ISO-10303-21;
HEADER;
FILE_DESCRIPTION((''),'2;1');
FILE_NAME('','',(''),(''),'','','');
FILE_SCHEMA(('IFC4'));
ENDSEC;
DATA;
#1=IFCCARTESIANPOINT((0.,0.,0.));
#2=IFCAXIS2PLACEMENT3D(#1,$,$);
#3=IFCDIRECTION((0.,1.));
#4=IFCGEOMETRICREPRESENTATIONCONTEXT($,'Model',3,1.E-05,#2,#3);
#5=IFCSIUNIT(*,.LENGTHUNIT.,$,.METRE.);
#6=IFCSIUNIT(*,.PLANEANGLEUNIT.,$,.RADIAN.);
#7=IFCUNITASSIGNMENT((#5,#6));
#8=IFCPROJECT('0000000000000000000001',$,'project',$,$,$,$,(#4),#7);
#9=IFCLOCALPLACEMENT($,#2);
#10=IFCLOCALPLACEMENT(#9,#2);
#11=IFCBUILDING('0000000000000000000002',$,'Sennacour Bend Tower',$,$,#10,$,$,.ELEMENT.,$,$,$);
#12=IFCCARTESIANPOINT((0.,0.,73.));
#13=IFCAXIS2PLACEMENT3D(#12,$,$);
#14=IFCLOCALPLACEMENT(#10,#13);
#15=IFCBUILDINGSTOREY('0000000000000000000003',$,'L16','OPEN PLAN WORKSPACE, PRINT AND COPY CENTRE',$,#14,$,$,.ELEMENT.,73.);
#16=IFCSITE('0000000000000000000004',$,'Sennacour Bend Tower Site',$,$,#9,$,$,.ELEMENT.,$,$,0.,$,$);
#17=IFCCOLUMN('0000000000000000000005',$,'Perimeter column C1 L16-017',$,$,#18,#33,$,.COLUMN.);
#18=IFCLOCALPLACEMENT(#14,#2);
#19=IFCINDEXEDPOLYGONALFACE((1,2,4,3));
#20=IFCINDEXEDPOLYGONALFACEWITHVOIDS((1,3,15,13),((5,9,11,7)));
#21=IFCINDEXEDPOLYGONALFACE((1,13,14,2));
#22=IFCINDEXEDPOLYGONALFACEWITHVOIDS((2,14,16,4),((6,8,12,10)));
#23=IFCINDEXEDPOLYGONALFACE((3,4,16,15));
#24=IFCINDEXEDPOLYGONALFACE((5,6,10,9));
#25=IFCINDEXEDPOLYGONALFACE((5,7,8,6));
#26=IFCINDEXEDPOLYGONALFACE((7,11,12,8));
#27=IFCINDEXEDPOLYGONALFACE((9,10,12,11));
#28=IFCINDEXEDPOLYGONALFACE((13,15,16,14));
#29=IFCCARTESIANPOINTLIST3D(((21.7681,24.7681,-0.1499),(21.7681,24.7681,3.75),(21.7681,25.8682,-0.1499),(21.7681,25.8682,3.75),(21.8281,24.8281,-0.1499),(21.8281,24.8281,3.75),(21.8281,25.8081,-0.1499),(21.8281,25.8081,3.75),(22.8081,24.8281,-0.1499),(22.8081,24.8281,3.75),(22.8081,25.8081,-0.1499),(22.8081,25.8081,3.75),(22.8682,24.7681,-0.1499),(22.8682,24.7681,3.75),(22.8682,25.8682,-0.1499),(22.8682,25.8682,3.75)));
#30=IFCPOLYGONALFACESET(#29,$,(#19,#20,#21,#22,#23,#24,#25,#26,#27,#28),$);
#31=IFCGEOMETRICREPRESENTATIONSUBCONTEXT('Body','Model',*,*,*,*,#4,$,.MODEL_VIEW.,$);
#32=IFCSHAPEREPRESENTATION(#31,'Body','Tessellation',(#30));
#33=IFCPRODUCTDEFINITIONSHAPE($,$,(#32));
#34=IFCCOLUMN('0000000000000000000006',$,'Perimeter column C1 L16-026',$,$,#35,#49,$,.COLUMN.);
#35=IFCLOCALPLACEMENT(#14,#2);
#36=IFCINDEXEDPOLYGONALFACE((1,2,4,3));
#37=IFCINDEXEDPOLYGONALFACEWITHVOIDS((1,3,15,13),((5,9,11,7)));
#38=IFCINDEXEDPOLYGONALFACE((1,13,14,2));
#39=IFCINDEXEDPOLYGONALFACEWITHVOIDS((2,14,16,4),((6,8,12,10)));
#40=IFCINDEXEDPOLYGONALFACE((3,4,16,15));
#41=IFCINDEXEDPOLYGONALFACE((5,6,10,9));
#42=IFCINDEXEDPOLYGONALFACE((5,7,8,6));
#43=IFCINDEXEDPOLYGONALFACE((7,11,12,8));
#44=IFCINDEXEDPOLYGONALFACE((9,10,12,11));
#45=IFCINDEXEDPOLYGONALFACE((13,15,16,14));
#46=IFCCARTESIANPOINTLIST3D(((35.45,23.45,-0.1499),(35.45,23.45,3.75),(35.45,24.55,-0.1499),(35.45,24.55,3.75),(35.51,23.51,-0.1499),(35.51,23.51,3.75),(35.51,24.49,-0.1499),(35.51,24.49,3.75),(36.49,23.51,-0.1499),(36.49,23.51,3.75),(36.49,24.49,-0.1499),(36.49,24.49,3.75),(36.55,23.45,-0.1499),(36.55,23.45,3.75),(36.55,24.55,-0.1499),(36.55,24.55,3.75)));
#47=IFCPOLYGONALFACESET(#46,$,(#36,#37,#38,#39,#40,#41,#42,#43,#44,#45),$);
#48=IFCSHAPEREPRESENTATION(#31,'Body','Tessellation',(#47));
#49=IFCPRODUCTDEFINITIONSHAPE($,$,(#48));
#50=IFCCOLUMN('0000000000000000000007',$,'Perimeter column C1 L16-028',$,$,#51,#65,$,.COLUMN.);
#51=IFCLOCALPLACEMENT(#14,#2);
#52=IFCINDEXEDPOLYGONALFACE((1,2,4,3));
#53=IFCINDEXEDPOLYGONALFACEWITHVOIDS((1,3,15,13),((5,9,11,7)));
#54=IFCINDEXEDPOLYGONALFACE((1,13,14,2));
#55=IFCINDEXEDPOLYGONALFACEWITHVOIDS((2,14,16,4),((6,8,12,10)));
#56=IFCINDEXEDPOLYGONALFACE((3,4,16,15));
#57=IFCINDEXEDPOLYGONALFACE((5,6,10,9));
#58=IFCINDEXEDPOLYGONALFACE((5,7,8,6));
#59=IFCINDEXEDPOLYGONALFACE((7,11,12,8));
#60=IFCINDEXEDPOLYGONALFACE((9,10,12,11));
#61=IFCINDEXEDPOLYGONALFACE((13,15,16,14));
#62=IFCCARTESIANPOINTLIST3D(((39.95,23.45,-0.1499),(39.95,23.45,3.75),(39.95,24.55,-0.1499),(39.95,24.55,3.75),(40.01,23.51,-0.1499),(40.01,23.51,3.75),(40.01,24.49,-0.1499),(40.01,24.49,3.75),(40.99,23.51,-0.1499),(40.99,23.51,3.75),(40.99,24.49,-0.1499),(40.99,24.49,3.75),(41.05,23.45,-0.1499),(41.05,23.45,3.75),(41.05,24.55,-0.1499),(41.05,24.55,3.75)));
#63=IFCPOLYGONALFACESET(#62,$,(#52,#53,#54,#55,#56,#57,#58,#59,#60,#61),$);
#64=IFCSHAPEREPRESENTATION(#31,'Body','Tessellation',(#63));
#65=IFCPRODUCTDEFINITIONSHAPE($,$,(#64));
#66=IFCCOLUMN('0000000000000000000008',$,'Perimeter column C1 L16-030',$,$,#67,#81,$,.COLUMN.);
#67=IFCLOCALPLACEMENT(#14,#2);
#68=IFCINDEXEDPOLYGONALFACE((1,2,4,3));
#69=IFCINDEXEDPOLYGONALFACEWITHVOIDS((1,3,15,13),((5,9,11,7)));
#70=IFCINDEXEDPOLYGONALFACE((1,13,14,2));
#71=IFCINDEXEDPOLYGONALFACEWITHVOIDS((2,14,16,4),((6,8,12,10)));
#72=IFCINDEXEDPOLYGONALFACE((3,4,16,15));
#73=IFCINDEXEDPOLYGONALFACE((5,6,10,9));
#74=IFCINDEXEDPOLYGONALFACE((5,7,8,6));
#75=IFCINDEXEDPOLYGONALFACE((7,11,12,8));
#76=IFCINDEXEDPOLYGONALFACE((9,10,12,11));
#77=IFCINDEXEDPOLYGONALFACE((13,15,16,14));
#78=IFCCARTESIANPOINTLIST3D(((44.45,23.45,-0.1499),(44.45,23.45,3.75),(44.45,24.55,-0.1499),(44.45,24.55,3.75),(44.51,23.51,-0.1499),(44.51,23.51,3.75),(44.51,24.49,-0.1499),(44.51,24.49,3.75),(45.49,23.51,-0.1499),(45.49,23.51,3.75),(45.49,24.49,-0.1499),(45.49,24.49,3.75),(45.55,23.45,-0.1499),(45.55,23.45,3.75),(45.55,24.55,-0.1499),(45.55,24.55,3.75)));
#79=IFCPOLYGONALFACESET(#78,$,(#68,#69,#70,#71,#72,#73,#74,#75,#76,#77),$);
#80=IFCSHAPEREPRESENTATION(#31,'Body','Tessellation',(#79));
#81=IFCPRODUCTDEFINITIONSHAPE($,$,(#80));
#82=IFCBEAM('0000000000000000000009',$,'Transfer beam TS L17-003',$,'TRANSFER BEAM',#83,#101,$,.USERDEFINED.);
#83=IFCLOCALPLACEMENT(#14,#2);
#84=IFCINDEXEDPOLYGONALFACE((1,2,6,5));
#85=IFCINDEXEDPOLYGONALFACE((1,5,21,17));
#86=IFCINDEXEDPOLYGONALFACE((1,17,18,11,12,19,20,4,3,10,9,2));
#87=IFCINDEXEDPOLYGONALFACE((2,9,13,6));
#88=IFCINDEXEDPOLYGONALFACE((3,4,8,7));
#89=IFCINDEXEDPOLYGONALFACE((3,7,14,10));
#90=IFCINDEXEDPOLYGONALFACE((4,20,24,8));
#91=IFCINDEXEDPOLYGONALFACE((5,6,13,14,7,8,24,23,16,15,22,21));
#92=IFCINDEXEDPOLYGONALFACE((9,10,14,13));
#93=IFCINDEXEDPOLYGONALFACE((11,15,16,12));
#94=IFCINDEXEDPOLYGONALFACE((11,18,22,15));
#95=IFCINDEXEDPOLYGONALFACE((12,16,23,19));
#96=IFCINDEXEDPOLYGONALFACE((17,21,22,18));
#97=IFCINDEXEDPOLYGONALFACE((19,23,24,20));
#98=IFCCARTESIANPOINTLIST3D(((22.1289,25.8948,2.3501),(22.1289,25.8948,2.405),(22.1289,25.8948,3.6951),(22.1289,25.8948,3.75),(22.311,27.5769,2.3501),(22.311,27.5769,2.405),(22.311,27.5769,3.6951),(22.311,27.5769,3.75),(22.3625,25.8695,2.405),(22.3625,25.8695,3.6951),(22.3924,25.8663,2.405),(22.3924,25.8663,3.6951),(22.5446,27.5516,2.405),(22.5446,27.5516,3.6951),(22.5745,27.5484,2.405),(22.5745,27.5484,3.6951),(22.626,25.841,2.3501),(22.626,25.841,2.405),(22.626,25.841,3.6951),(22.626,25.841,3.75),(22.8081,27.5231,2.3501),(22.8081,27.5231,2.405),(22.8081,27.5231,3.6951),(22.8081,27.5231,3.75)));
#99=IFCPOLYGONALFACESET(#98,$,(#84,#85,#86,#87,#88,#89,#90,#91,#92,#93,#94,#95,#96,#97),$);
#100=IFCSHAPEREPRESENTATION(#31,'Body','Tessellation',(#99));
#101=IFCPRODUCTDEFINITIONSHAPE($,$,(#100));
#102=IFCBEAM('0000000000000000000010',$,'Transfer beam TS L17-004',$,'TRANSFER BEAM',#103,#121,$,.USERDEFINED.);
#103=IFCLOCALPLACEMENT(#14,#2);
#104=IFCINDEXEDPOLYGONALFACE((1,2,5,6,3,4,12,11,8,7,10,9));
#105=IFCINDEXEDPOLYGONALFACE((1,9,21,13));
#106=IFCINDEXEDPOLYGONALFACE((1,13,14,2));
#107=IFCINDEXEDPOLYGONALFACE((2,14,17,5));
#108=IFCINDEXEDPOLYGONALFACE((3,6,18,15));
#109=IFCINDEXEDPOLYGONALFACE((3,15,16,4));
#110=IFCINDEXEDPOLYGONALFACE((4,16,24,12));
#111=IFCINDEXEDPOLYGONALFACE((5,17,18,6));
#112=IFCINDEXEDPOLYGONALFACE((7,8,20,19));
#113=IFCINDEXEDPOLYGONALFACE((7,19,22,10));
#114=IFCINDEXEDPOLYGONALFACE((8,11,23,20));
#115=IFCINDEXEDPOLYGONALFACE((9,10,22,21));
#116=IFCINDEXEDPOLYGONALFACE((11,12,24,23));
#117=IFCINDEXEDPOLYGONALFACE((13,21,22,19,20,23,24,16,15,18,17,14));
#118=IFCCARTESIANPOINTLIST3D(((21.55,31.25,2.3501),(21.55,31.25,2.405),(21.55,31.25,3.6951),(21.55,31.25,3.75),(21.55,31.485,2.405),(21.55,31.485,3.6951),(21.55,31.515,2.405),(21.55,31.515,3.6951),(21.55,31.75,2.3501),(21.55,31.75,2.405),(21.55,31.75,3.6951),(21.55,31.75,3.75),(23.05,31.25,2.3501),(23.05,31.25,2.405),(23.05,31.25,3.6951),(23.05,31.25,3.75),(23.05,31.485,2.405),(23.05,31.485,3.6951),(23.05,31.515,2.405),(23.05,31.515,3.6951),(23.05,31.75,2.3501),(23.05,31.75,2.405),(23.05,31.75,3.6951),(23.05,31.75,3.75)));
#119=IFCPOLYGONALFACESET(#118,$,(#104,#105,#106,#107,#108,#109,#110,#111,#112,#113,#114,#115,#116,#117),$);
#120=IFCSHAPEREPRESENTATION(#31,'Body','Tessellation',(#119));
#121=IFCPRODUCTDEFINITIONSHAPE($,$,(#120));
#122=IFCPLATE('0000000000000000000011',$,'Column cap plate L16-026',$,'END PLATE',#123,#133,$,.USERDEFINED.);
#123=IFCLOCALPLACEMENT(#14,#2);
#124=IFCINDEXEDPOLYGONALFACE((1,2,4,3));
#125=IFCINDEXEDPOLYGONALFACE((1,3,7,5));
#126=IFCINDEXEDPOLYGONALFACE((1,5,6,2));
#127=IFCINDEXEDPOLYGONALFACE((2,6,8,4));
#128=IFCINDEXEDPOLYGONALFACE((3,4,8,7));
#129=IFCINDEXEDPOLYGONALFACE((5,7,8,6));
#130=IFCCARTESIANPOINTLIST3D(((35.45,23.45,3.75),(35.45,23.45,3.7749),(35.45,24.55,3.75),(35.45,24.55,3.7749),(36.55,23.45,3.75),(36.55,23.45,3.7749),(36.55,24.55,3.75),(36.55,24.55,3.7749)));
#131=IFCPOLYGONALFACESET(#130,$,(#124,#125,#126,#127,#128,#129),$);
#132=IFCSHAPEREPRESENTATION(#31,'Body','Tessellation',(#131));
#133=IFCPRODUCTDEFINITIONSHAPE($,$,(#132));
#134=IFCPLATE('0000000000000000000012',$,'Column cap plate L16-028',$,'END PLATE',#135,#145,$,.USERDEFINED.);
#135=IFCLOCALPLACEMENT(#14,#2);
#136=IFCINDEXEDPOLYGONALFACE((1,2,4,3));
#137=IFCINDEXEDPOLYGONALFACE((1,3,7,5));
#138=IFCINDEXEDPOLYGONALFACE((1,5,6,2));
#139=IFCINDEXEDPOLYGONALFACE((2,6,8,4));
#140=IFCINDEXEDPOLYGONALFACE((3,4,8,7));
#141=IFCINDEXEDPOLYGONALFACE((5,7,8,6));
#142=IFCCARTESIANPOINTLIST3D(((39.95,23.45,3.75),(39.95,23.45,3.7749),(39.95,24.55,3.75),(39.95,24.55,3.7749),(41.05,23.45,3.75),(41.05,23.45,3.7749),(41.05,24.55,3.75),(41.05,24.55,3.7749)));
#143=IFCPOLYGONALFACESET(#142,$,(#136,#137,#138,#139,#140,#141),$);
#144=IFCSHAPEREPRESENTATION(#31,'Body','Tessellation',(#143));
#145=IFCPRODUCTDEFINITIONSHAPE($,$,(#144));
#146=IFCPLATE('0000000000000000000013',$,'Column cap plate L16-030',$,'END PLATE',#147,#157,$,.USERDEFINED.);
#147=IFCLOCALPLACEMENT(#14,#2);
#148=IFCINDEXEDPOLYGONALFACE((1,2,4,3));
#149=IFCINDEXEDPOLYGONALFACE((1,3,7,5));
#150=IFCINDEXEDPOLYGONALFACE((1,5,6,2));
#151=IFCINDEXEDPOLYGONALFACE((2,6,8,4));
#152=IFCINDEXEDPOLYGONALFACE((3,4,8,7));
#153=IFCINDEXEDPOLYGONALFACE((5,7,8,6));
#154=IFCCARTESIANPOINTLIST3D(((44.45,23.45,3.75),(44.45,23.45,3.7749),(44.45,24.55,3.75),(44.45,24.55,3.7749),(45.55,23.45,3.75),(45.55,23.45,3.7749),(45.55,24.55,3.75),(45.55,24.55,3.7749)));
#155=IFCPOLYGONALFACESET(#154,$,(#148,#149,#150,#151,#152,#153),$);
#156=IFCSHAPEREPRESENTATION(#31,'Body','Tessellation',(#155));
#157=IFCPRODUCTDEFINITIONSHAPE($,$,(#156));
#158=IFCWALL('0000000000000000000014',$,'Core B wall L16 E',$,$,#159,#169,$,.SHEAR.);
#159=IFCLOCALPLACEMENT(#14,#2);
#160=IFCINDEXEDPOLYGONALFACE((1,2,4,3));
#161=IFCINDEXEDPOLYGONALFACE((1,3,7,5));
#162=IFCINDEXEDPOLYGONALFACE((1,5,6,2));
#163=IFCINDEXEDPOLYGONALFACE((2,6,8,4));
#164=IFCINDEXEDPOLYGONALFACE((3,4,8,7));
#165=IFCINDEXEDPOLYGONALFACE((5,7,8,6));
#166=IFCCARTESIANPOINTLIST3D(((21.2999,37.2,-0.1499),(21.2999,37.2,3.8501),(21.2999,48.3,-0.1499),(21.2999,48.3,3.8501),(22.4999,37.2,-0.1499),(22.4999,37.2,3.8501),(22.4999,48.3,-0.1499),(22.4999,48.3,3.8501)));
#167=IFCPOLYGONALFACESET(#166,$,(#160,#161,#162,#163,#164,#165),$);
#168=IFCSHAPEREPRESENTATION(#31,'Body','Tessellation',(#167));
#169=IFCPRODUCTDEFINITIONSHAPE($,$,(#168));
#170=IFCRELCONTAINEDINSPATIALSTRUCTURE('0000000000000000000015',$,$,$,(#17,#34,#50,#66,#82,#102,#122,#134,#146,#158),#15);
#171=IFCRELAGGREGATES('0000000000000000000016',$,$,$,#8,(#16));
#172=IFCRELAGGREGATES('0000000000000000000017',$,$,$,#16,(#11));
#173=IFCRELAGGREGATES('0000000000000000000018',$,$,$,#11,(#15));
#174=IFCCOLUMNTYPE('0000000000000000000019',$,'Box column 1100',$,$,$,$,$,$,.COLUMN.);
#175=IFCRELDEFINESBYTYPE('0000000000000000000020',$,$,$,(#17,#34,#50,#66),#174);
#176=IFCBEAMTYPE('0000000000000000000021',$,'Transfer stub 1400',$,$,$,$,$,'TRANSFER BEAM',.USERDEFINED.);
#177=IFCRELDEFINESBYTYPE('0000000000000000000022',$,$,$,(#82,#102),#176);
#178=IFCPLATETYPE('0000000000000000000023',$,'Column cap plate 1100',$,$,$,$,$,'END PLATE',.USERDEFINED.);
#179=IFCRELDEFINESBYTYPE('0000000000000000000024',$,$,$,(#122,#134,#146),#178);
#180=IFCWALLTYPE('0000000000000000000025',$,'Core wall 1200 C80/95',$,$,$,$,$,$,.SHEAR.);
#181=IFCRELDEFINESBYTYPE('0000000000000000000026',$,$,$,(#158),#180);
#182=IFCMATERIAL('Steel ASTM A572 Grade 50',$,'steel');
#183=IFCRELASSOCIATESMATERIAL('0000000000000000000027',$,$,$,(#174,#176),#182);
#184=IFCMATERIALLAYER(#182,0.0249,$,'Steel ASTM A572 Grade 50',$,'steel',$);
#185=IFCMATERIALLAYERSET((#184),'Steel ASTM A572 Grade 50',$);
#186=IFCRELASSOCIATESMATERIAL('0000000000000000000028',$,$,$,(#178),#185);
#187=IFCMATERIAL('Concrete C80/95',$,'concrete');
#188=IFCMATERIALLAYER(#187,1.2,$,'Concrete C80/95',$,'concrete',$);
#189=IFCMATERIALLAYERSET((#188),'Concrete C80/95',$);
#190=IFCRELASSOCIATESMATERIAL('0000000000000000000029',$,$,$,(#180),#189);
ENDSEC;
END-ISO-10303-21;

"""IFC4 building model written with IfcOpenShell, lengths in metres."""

from ifc_helpers import new_model, si_unit, direction, frame, frame_2d, origin, origin_2d, place, context, subcontext, project, spatial, rectangle, hollow_rectangle, i_section, extrude, material, layer, layer_set, material_profile, profile_set, type_object, element, save


model = new_model("IFC4")

# Units and contexts
model_context = context("Model", 3, precision=1e-05, world=origin(), true_north=direction((0.0, 1.0)))
body_context = subcontext(model_context, "Body", "Model", "MODEL_VIEW")
ifc_project = project(units=[si_unit("LENGTHUNIT", "METRE"), si_unit("PLANEANGLEUNIT", "RADIAN")], contexts=[model_context])

# Site, building, storey
site_placement = place(None, origin())
site = spatial("IfcSite", under=ifc_project, at=site_placement, Name="Sennacour Bend Tower Site", CompositionType="ELEMENT", RefElevation=0.0)
building_placement = place(site_placement, origin())
building = spatial("IfcBuilding", under=site, at=building_placement, Name="Sennacour Bend Tower", CompositionType="ELEMENT")
storey_placement = place(building_placement, frame((0.0, 0.0, 73.0)))
storey = spatial("IfcBuildingStorey", under=building, at=storey_placement, Name="L16", Description="OPEN PLAN WORKSPACE, PRINT AND COPY CENTRE", CompositionType="ELEMENT", Elevation=73.0)

# Columns
ifc_material_1 = material(Name="Steel ASTM A572 Grade 50", Category="steel")
ifc_material_profile_1 = material_profile(ifc_material_1, hollow_rectangle(XDim=1.1001, YDim=1.1001, WallThickness=0.0601, at=origin_2d()), Name="Steel ASTM A572 Grade 50", Category="steel")
ifc_profile_set_1 = profile_set([ifc_material_profile_1], Name="Steel ASTM A572 Grade 50")
column_type = type_object("IfcColumnType", Name="Box column 1100", PredefinedType="COLUMN", material=ifc_profile_set_1)
for number, where, z_axis, x_axis, name in (
    (1, (22.3181, 25.3181, -0.1499), (0.0, 0.0, 1.0), (1.0, 0.0, 0.0), "Perimeter column C1 L16-017"),
    (2, (36.0, 24.0, -0.1499), (0.0, 0.0, 1.0), (1.0, 0.0, 0.0), "Perimeter column C1 L16-026"),
    (3, (40.5, 24.0, -0.1499), (0.0, 0.0, 1.0), (1.0, 0.0, 0.0), "Perimeter column C1 L16-028"),
    (4, (45.0, 24.0, -0.1499), (0.0, 0.0, 1.0), (1.0, 0.0, 0.0), "Perimeter column C1 L16-030"),
):
    element("IfcColumn", number, at=place(storey_placement, frame(where, z_axis=z_axis, x_axis=x_axis)), inside=storey, type_object=column_type, Name=name, PredefinedType="COLUMN", context=body_context, shape_type="SweptSolid", body=[
        extrude(hollow_rectangle(XDim=1.1001, YDim=1.1001, WallThickness=0.0601, at=origin_2d()), origin(), (0.0, 0.0, 1.0), 3.8999),
    ])

# Beams
ifc_material_profile_2 = material_profile(ifc_material_1, i_section(OverallWidth=0.5, OverallDepth=1.3999, WebThickness=0.03, FlangeThickness=0.0549, at=origin_2d()), Name="Steel ASTM A572 Grade 50", Category="steel")
ifc_profile_set_2 = profile_set([ifc_material_profile_2], Name="Steel ASTM A572 Grade 50")
beam_type = type_object("IfcBeamType", Name="Transfer stub 1400", ElementType="TRANSFER BEAM", PredefinedType="USERDEFINED", material=ifc_profile_set_2)
beam_1_placement = place(storey_placement, frame((22.3774, 25.8679, 3.05), z_axis=(0.107644, 0.99419, 0.0), x_axis=(-0.99419, 0.107644, 0.0)))
element("IfcBeam", 5, at=beam_1_placement, inside=storey, type_object=beam_type, Name="Transfer beam TS L17-003", ObjectType="TRANSFER BEAM", PredefinedType="USERDEFINED", context=body_context, shape_type="SweptSolid", body=[
    extrude(i_section(OverallWidth=0.5, OverallDepth=1.3999, WebThickness=0.03, FlangeThickness=0.0549, at=origin_2d()), origin(), (0.0, 0.0, 1.0), 1.6919),
])
beam_2_placement = place(storey_placement, frame((21.55, 31.5, 3.05), z_axis=(1.0, 0.0, 0.0), x_axis=(0.0, 1.0, 0.0)))
element("IfcBeam", 6, at=beam_2_placement, inside=storey, type_object=beam_type, Name="Transfer beam TS L17-004", ObjectType="TRANSFER BEAM", PredefinedType="USERDEFINED", context=body_context, shape_type="SweptSolid", body=[
    extrude(i_section(OverallWidth=0.5, OverallDepth=1.3999, WebThickness=0.03, FlangeThickness=0.0549, at=origin_2d()), origin(), (0.0, 0.0, 1.0), 1.5),
])

# Plates
ifc_layer_1 = layer(ifc_material_1, 0.0249, Name="Steel ASTM A572 Grade 50", Category="steel")
ifc_layer_set_1 = layer_set([ifc_layer_1], Name="Steel ASTM A572 Grade 50")
plate_type = type_object("IfcPlateType", Name="Column cap plate 1100", ElementType="END PLATE", PredefinedType="USERDEFINED", material=ifc_layer_set_1)
for number, where, z_axis, x_axis, name in (
    (7, (36.0, 24.0, 3.75), (0.0, 0.0, 1.0), (1.0, 0.0, 0.0), "Column cap plate L16-026"),
    (8, (40.5, 24.0, 3.75), (0.0, 0.0, 1.0), (1.0, 0.0, 0.0), "Column cap plate L16-028"),
    (9, (45.0, 24.0, 3.75), (0.0, 0.0, 1.0), (1.0, 0.0, 0.0), "Column cap plate L16-030"),
):
    element("IfcPlate", number, at=place(storey_placement, frame(where, z_axis=z_axis, x_axis=x_axis)), inside=storey, type_object=plate_type, Name=name, ObjectType="END PLATE", PredefinedType="USERDEFINED", context=body_context, shape_type="SweptSolid", body=[
        extrude(rectangle(XDim=1.1001, YDim=1.1001, at=origin_2d()), origin(), (0.0, 0.0, 1.0), 0.0249),
    ])

# Wall
ifc_material_2 = material(Name="Concrete C80/95", Category="concrete")
ifc_layer_2 = layer(ifc_material_2, 1.2, Name="Concrete C80/95", Category="concrete")
ifc_layer_set_2 = layer_set([ifc_layer_2], Name="Concrete C80/95")
wall_type_1 = type_object("IfcWallType", Name="Core wall 1200 C80/95", PredefinedType="SHEAR", material=ifc_layer_set_2)
wall_1_placement = place(storey_placement, frame((21.8999, 37.2, -0.1499), z_axis=(0.0, 0.0, 1.0), x_axis=(0.0, 1.0, 0.0)))
element("IfcWall", 10, at=wall_1_placement, inside=storey, type_object=wall_type_1, Name="Core B wall L16 E", PredefinedType="SHEAR", context=body_context, shape_type="SweptSolid", body=[
    extrude(rectangle(XDim=11.1001, YDim=1.2, at=frame_2d((5.55, 0.0))), origin(), (0.0, 0.0, 1.0), 4.0),
])

save(model, "model.ifc")
